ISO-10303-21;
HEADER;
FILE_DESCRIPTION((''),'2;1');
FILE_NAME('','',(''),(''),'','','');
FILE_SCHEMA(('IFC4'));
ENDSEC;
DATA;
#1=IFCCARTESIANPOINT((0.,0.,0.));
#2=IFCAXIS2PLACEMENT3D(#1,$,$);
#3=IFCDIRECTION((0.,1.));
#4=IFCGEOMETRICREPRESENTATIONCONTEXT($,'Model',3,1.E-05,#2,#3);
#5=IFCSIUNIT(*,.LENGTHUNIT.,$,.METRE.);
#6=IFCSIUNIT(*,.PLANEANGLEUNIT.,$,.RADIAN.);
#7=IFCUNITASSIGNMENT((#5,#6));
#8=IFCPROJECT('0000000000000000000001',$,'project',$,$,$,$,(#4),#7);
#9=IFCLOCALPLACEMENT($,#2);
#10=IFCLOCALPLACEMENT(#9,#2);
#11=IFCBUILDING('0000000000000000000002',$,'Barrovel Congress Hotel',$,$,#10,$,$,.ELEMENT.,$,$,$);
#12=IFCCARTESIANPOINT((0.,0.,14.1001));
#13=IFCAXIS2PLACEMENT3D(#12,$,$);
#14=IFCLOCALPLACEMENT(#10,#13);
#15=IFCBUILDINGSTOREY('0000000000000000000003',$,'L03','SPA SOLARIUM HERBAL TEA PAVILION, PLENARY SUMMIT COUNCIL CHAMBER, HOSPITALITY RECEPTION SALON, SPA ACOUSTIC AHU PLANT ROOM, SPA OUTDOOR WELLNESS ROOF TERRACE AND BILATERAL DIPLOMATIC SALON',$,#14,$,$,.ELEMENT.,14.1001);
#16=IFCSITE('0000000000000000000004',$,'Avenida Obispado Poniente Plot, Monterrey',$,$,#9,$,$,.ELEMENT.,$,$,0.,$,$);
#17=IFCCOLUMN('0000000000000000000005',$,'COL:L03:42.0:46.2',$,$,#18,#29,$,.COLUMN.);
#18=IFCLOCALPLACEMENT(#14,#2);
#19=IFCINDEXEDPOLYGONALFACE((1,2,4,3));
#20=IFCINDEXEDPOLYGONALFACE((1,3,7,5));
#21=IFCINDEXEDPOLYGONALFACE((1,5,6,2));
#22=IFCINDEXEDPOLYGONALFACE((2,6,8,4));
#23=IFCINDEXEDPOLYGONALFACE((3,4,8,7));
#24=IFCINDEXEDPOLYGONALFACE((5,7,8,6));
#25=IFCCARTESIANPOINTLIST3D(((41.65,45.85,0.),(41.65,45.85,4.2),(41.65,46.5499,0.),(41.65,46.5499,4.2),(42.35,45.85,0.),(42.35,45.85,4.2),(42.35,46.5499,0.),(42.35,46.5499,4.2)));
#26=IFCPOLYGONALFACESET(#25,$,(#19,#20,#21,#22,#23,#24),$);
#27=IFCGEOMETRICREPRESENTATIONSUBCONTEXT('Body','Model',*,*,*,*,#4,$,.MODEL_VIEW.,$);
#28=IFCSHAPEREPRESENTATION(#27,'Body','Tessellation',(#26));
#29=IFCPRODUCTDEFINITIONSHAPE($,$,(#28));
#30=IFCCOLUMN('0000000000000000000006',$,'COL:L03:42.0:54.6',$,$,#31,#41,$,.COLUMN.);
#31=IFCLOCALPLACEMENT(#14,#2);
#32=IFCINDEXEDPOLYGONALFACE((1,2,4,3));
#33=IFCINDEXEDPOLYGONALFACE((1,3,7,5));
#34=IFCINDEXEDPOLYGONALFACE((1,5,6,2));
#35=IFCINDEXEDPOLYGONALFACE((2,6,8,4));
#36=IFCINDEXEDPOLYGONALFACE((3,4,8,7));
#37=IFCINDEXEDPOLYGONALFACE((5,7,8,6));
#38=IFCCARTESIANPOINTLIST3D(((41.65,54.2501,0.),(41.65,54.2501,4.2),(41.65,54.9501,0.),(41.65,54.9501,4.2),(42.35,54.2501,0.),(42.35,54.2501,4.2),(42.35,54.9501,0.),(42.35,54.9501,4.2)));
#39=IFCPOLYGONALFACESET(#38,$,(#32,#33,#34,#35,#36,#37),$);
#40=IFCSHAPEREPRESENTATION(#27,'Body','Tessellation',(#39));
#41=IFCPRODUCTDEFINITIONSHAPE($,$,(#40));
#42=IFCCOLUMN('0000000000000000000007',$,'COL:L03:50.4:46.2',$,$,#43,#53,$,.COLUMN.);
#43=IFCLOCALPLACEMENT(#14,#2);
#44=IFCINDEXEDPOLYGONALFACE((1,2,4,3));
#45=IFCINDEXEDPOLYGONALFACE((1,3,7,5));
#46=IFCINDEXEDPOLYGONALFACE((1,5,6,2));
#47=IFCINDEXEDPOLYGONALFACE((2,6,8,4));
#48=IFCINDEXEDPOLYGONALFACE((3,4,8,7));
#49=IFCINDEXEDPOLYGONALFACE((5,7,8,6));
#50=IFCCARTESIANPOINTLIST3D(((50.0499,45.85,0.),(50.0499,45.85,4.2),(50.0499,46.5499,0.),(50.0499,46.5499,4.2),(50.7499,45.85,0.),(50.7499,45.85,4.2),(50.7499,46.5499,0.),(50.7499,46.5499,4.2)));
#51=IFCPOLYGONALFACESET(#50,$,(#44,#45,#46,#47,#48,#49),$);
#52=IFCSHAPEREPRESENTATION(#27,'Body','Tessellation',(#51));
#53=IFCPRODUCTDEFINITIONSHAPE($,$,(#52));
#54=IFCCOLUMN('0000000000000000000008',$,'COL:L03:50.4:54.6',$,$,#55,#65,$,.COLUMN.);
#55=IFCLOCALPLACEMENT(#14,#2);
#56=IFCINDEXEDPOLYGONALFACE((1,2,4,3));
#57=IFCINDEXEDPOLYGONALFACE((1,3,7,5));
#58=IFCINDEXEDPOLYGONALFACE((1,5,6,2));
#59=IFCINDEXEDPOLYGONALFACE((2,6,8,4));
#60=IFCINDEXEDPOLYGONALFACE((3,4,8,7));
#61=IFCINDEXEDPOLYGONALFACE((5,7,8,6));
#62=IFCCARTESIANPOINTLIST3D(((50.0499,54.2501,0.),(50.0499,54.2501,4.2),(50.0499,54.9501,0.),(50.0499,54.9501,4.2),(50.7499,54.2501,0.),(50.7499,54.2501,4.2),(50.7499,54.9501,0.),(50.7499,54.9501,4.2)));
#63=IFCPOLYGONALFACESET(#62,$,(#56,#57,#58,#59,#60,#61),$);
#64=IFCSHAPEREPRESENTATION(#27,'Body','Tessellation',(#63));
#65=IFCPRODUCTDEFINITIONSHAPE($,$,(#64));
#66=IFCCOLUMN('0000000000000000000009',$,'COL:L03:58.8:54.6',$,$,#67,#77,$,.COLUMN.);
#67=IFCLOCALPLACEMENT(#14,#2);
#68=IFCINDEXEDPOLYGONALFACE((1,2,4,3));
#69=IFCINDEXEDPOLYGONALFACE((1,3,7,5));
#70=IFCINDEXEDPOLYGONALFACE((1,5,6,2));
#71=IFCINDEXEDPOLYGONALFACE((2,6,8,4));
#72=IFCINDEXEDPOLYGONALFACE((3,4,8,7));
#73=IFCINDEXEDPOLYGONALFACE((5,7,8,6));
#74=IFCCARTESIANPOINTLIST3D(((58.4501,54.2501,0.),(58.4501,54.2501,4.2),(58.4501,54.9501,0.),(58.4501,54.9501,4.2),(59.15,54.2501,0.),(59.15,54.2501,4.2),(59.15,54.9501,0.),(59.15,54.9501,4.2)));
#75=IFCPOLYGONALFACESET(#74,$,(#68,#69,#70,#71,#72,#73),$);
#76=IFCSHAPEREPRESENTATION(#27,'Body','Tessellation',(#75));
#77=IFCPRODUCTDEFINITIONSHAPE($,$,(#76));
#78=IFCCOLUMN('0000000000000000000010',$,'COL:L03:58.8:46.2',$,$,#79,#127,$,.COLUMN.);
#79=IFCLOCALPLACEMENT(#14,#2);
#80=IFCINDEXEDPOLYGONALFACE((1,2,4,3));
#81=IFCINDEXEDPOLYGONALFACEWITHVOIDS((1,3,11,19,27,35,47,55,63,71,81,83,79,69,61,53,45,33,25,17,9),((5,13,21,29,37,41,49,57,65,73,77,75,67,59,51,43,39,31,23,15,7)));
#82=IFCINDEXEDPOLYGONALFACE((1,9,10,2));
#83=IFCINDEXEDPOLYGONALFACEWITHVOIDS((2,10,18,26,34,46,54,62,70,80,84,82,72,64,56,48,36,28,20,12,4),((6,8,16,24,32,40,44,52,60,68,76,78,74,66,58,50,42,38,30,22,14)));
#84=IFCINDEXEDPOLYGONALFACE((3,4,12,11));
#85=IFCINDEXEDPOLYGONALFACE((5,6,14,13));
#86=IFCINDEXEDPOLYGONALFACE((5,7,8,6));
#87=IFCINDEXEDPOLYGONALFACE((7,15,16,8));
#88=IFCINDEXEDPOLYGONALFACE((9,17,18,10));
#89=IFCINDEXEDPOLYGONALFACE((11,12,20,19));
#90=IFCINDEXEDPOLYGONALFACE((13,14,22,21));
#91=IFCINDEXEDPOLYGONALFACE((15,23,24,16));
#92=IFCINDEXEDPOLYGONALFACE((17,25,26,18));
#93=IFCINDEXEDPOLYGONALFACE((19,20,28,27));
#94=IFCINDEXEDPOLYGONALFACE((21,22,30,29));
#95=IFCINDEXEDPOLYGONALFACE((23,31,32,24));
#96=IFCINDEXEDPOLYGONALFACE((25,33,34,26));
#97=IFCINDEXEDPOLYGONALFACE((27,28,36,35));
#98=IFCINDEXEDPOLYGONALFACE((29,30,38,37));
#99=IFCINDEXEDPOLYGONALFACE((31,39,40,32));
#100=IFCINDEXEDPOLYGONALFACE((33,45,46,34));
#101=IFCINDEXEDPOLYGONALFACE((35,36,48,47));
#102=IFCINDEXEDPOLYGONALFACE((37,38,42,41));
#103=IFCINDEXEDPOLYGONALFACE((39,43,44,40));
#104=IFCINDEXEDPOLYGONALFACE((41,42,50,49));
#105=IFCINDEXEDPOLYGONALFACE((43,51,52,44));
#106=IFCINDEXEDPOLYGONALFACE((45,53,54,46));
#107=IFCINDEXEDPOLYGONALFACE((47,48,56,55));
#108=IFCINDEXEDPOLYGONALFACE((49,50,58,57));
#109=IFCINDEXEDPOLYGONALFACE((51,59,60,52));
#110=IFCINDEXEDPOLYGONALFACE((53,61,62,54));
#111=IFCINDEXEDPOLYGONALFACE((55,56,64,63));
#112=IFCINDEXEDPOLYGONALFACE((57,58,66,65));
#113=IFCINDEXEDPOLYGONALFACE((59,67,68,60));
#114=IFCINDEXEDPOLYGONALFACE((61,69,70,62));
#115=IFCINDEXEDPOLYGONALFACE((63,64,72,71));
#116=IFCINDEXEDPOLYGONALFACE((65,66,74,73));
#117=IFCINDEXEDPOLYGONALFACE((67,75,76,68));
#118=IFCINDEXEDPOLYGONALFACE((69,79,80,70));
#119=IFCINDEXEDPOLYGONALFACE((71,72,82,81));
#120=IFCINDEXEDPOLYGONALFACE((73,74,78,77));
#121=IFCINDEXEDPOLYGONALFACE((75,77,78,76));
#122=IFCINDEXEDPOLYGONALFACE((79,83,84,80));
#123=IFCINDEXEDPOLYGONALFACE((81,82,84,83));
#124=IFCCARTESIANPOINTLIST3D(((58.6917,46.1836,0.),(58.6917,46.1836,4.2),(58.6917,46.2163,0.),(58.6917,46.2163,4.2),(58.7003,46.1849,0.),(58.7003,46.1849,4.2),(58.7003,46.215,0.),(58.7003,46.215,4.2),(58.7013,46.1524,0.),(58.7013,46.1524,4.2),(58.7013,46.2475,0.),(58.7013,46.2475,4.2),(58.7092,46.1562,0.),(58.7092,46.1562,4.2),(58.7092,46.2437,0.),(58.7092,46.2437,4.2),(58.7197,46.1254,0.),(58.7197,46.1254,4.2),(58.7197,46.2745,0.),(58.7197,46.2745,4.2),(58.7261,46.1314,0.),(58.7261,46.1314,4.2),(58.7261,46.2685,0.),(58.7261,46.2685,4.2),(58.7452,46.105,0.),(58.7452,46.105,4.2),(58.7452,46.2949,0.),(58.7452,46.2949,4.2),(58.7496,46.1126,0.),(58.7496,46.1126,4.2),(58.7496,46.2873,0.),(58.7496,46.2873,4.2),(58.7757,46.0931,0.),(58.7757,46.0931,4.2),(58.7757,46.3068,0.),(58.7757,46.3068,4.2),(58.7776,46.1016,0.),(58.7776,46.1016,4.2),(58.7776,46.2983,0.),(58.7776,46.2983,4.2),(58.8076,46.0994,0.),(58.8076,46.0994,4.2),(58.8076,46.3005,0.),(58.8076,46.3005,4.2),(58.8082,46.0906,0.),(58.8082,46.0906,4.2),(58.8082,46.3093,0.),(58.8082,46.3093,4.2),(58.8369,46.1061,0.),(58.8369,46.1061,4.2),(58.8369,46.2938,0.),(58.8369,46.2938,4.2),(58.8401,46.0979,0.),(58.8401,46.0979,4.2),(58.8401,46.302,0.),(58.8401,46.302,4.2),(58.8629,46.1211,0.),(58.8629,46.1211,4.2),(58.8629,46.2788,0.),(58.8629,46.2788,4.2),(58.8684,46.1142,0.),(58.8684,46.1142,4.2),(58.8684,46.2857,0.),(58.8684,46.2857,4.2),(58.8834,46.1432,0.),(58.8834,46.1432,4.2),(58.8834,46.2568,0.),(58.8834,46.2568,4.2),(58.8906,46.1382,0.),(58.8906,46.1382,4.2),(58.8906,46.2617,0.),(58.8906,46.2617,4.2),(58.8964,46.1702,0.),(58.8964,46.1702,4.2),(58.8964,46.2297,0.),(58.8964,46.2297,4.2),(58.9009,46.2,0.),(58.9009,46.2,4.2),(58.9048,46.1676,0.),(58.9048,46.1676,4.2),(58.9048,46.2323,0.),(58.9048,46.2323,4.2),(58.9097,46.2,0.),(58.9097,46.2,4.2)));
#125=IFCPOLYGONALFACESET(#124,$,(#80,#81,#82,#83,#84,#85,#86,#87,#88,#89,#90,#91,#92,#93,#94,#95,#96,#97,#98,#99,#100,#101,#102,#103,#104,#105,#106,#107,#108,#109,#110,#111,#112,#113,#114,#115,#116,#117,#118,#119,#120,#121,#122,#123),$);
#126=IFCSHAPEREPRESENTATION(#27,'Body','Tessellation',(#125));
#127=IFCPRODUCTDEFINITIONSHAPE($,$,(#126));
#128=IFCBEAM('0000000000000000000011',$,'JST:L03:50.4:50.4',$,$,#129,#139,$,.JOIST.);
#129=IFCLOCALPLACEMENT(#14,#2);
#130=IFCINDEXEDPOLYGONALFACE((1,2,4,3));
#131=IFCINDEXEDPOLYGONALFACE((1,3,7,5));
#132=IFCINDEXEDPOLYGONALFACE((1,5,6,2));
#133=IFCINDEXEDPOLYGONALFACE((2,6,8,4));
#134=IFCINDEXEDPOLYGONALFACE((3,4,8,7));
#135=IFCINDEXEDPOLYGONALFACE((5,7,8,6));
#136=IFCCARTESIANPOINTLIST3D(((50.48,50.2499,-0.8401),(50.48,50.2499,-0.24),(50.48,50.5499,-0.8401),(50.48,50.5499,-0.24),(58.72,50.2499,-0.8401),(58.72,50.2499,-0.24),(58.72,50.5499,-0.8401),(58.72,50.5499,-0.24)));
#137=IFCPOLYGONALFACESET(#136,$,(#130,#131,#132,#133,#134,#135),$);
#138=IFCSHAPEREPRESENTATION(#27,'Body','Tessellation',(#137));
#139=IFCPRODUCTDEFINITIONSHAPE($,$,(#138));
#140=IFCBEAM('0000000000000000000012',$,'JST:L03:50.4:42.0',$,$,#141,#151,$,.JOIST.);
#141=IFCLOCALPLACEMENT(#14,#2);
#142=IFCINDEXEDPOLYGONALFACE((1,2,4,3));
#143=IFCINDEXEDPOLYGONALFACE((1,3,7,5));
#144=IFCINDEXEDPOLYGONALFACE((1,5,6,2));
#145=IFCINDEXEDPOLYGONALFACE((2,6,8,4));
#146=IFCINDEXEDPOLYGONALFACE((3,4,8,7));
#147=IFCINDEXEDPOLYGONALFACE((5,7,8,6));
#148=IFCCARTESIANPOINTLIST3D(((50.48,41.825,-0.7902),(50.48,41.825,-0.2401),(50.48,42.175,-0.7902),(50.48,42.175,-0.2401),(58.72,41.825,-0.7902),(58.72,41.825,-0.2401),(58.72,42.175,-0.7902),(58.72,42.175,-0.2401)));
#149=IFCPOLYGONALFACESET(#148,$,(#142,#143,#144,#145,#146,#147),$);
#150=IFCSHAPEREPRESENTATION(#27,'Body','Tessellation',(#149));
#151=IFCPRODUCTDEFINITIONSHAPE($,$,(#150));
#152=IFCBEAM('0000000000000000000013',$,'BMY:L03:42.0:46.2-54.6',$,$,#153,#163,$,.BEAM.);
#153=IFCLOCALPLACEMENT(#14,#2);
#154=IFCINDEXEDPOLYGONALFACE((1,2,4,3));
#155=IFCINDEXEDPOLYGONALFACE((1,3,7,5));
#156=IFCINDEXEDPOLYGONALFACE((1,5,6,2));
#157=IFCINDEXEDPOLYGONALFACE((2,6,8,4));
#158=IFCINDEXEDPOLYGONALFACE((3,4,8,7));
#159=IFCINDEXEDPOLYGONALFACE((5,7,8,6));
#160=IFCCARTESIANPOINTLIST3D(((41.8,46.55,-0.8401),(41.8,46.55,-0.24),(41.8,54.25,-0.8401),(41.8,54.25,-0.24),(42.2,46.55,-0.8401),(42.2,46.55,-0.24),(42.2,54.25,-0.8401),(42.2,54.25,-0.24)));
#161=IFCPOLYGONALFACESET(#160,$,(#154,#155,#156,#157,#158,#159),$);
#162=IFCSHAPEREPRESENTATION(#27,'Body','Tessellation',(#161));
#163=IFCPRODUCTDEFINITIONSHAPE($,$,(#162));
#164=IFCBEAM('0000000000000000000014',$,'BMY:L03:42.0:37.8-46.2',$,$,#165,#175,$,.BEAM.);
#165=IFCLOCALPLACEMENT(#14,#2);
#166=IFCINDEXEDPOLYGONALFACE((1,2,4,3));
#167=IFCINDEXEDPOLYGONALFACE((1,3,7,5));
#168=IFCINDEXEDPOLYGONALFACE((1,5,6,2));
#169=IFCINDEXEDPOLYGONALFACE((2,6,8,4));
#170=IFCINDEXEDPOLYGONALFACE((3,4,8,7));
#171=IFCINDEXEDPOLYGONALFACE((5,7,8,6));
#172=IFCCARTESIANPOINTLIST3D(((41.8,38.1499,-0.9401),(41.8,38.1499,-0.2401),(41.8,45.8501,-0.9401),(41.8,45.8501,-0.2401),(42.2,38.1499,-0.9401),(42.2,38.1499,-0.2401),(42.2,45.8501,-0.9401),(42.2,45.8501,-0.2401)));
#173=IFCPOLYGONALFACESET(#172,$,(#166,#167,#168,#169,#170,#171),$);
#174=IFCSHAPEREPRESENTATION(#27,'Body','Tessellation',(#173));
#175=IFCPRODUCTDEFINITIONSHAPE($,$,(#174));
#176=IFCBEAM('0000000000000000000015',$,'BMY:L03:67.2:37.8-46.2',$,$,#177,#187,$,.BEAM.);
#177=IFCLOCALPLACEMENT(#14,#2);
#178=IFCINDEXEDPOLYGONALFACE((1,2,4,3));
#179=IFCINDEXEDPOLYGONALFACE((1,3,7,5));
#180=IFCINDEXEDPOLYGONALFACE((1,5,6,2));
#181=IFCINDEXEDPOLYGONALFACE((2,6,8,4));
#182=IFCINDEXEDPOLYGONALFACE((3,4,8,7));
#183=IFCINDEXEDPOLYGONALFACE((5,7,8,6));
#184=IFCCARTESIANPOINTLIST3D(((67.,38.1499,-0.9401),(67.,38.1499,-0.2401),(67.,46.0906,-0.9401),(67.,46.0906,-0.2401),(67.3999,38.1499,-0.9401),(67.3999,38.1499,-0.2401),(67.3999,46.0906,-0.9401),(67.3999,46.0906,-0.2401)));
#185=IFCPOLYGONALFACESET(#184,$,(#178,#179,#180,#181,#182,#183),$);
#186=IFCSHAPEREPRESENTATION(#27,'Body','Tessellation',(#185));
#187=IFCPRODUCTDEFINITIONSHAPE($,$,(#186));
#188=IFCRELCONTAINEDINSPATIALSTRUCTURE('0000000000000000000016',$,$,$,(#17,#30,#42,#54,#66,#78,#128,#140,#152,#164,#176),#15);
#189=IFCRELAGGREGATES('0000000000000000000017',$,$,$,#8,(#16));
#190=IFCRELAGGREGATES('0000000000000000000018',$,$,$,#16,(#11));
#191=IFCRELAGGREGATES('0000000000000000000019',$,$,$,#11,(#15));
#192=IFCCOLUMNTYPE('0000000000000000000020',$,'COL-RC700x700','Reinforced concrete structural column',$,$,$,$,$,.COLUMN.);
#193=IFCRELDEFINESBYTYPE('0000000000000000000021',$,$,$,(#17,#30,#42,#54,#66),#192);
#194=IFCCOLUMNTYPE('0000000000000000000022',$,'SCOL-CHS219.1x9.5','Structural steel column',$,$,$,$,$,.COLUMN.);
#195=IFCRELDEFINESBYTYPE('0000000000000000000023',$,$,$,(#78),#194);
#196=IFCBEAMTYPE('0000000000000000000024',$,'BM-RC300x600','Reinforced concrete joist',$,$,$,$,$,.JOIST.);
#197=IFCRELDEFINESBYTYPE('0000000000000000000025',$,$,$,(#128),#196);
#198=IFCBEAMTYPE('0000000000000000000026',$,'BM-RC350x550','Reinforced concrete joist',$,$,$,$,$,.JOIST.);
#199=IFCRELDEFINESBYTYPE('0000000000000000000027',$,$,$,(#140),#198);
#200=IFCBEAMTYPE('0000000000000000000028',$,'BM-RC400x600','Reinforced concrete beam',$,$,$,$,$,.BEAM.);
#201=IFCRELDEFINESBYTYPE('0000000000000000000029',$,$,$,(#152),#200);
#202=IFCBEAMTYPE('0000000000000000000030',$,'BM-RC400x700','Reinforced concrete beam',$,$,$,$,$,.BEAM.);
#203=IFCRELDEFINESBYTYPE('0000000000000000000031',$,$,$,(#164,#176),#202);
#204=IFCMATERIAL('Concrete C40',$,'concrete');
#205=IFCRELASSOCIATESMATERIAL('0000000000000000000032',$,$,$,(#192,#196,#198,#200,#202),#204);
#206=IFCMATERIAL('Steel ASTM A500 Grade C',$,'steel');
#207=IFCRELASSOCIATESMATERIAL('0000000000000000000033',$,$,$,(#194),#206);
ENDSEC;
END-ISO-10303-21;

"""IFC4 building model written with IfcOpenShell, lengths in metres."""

from ifc_helpers import new_model, si_unit, direction, frame, origin, origin_2d, place, context, subcontext, project, spatial, rectangle, hollow_circle, extrude, material, material_profile, profile_set, type_object, element, save


model = new_model("IFC4")

# Units and contexts
model_context = context("Model", 3, precision=1e-05, world=origin(), true_north=direction((0.0, 1.0)))
body_context = subcontext(model_context, "Body", "Model", "MODEL_VIEW")
ifc_project = project(units=[si_unit("LENGTHUNIT", "METRE"), si_unit("PLANEANGLEUNIT", "RADIAN")], contexts=[model_context])

# Site, building, storey
site_placement = place(None, origin())
site = spatial("IfcSite", under=ifc_project, at=site_placement, Name="Avenida Obispado Poniente Plot, Monterrey", CompositionType="ELEMENT", RefElevation=0.0)
building_placement = place(site_placement, origin())
building = spatial("IfcBuilding", under=site, at=building_placement, Name="Barrovel Congress Hotel", CompositionType="ELEMENT")
storey_placement = place(building_placement, frame((0.0, 0.0, 14.1001)))
storey = spatial("IfcBuildingStorey", under=building, at=storey_placement, Name="L03", Description="SPA SOLARIUM HERBAL TEA PAVILION, PLENARY SUMMIT COUNCIL CHAMBER, HOSPITALITY RECEPTION SALON, SPA ACOUSTIC AHU PLANT ROOM, SPA OUTDOOR WELLNESS ROOF TERRACE AND BILATERAL DIPLOMATIC SALON", CompositionType="ELEMENT", Elevation=14.1001)

# Columns
ifc_material_1 = material(Name="Concrete C40", Category="concrete")
ifc_material_profile_1 = material_profile(ifc_material_1, rectangle(XDim=0.7, YDim=0.7, at=origin_2d()), Name="RC700x700")
ifc_profile_set_1 = profile_set([ifc_material_profile_1], Name="Concrete C40")
column_type_1 = type_object("IfcColumnType", Name="COL-RC700x700", Description="Reinforced concrete structural column", PredefinedType="COLUMN", material=ifc_profile_set_1)
for number, where, z_axis, x_axis, name in (
    (1, (42.0, 46.2, 0.0), (0.0, 0.0, 1.0), (1.0, 0.0, 0.0), "COL:L03:42.0:46.2"),
    (2, (42.0, 54.6001, 0.0), (0.0, 0.0, 1.0), (1.0, 0.0, 0.0), "COL:L03:42.0:54.6"),
    (3, (50.3999, 46.2, 0.0), (0.0, 0.0, 1.0), (1.0, 0.0, 0.0), "COL:L03:50.4:46.2"),
    (4, (50.3999, 54.6001, 0.0), (0.0, 0.0, 1.0), (1.0, 0.0, 0.0), "COL:L03:50.4:54.6"),
    (5, (58.8, 54.6001, 0.0), (0.0, 0.0, 1.0), (1.0, 0.0, 0.0), "COL:L03:58.8:54.6"),
):
    element("IfcColumn", number, at=place(storey_placement, frame(where, z_axis=z_axis, x_axis=x_axis)), inside=storey, type_object=column_type_1, Name=name, PredefinedType="COLUMN", context=body_context, shape_type="SweptSolid", body=[
        extrude(rectangle(XDim=0.7, YDim=0.7, at=origin_2d()), origin(), (0.0, 0.0, 1.0), 4.2),
    ])
ifc_material_2 = material(Name="Steel ASTM A500 Grade C", Category="steel")
ifc_material_profile_2 = material_profile(ifc_material_2, hollow_circle(Radius=0.1096, WallThickness=0.0088, at=origin_2d()), Name="CHS219.1x9.5")
ifc_profile_set_2 = profile_set([ifc_material_profile_2], Name="Steel ASTM A500 Grade C")
column_type_2 = type_object("IfcColumnType", Name="SCOL-CHS219.1x9.5", Description="Structural steel column", PredefinedType="COLUMN", material=ifc_profile_set_2)
column_placement = place(storey_placement, frame((58.8, 46.2, 0.0), z_axis=(0.0, 0.0, 1.0), x_axis=(1.0, 0.0, 0.0)))
element("IfcColumn", 6, at=column_placement, inside=storey, type_object=column_type_2, Name="COL:L03:58.8:46.2", PredefinedType="COLUMN", context=body_context, shape_type="SweptSolid", body=[
    extrude(hollow_circle(Radius=0.1096, WallThickness=0.0088, at=origin_2d()), origin(), (0.0, 0.0, 1.0), 4.2),
])

# Beams
ifc_material_profile_3 = material_profile(ifc_material_1, rectangle(XDim=0.3, YDim=0.6001, at=origin_2d()), Name="RC300x600")
ifc_profile_set_3 = profile_set([ifc_material_profile_3], Name="Concrete C40")
beam_type_1 = type_object("IfcBeamType", Name="BM-RC300x600", Description="Reinforced concrete joist", PredefinedType="JOIST", material=ifc_profile_set_3)
beam_1_placement = place(storey_placement, frame((50.48, 50.3999, -0.54), z_axis=(1.0, 0.0, 0.0), x_axis=(0.0, 1.0, 0.0)))
element("IfcBeam", 7, at=beam_1_placement, inside=storey, type_object=beam_type_1, Name="JST:L03:50.4:50.4", PredefinedType="JOIST", context=body_context, shape_type="SweptSolid", body=[
    extrude(rectangle(XDim=0.3, YDim=0.6001, at=origin_2d()), origin(), (0.0, 0.0, 1.0), 8.24),
])
ifc_material_profile_4 = material_profile(ifc_material_1, rectangle(XDim=0.3501, YDim=0.55, at=origin_2d()), Name="RC350x550")
ifc_profile_set_4 = profile_set([ifc_material_profile_4], Name="Concrete C40")
beam_type_2 = type_object("IfcBeamType", Name="BM-RC350x550", Description="Reinforced concrete joist", PredefinedType="JOIST", material=ifc_profile_set_4)
beam_2_placement = place(storey_placement, frame((50.48, 42.0, -0.5151), z_axis=(1.0, 0.0, 0.0), x_axis=(0.0, 1.0, 0.0)))
element("IfcBeam", 8, at=beam_2_placement, inside=storey, type_object=beam_type_2, Name="JST:L03:50.4:42.0", PredefinedType="JOIST", context=body_context, shape_type="SweptSolid", body=[
    extrude(rectangle(XDim=0.3501, YDim=0.55, at=origin_2d()), origin(), (0.0, 0.0, 1.0), 8.24),
])
ifc_material_profile_5 = material_profile(ifc_material_1, rectangle(XDim=0.3999, YDim=0.6001, at=origin_2d()), Name="RC400x600")
ifc_profile_set_5 = profile_set([ifc_material_profile_5], Name="Concrete C40")
beam_type_3 = type_object("IfcBeamType", Name="BM-RC400x600", Description="Reinforced concrete beam", PredefinedType="BEAM", material=ifc_profile_set_5)
beam_3_placement = place(storey_placement, frame((42.0, 46.55, -0.54), z_axis=(0.0, 1.0, 0.0), x_axis=(-1.0, 0.0, 0.0)))
element("IfcBeam", 9, at=beam_3_placement, inside=storey, type_object=beam_type_3, Name="BMY:L03:42.0:46.2-54.6", PredefinedType="BEAM", context=body_context, shape_type="SweptSolid", body=[
    extrude(rectangle(XDim=0.3999, YDim=0.6001, at=origin_2d()), origin(), (0.0, 0.0, 1.0), 7.7),
])
ifc_material_profile_6 = material_profile(ifc_material_1, rectangle(XDim=0.3999, YDim=0.7, at=origin_2d()), Name="RC400x700")
ifc_profile_set_6 = profile_set([ifc_material_profile_6], Name="Concrete C40")
beam_type_4 = type_object("IfcBeamType", Name="BM-RC400x700", Description="Reinforced concrete beam", PredefinedType="BEAM", material=ifc_profile_set_6)
beam_4_placement = place(storey_placement, frame((42.0, 38.1499, -0.5901), z_axis=(0.0, 1.0, 0.0), x_axis=(-1.0, 0.0, 0.0)))
element("IfcBeam", 10, at=beam_4_placement, inside=storey, type_object=beam_type_4, Name="BMY:L03:42.0:37.8-46.2", PredefinedType="BEAM", context=body_context, shape_type="SweptSolid", body=[
    extrude(rectangle(XDim=0.3999, YDim=0.7, at=origin_2d()), origin(), (0.0, 0.0, 1.0), 7.7002),
])
beam_5_placement = place(storey_placement, frame((67.2, 38.1499, -0.5901), z_axis=(0.0, 1.0, 0.0), x_axis=(-1.0, 0.0, 0.0)))
element("IfcBeam", 11, at=beam_5_placement, inside=storey, type_object=beam_type_4, Name="BMY:L03:67.2:37.8-46.2", PredefinedType="BEAM", context=body_context, shape_type="SweptSolid", body=[
    extrude(rectangle(XDim=0.3999, YDim=0.7, at=origin_2d()), origin(), (0.0, 0.0, 1.0), 7.9407),
])

save(model, "model.ifc")
